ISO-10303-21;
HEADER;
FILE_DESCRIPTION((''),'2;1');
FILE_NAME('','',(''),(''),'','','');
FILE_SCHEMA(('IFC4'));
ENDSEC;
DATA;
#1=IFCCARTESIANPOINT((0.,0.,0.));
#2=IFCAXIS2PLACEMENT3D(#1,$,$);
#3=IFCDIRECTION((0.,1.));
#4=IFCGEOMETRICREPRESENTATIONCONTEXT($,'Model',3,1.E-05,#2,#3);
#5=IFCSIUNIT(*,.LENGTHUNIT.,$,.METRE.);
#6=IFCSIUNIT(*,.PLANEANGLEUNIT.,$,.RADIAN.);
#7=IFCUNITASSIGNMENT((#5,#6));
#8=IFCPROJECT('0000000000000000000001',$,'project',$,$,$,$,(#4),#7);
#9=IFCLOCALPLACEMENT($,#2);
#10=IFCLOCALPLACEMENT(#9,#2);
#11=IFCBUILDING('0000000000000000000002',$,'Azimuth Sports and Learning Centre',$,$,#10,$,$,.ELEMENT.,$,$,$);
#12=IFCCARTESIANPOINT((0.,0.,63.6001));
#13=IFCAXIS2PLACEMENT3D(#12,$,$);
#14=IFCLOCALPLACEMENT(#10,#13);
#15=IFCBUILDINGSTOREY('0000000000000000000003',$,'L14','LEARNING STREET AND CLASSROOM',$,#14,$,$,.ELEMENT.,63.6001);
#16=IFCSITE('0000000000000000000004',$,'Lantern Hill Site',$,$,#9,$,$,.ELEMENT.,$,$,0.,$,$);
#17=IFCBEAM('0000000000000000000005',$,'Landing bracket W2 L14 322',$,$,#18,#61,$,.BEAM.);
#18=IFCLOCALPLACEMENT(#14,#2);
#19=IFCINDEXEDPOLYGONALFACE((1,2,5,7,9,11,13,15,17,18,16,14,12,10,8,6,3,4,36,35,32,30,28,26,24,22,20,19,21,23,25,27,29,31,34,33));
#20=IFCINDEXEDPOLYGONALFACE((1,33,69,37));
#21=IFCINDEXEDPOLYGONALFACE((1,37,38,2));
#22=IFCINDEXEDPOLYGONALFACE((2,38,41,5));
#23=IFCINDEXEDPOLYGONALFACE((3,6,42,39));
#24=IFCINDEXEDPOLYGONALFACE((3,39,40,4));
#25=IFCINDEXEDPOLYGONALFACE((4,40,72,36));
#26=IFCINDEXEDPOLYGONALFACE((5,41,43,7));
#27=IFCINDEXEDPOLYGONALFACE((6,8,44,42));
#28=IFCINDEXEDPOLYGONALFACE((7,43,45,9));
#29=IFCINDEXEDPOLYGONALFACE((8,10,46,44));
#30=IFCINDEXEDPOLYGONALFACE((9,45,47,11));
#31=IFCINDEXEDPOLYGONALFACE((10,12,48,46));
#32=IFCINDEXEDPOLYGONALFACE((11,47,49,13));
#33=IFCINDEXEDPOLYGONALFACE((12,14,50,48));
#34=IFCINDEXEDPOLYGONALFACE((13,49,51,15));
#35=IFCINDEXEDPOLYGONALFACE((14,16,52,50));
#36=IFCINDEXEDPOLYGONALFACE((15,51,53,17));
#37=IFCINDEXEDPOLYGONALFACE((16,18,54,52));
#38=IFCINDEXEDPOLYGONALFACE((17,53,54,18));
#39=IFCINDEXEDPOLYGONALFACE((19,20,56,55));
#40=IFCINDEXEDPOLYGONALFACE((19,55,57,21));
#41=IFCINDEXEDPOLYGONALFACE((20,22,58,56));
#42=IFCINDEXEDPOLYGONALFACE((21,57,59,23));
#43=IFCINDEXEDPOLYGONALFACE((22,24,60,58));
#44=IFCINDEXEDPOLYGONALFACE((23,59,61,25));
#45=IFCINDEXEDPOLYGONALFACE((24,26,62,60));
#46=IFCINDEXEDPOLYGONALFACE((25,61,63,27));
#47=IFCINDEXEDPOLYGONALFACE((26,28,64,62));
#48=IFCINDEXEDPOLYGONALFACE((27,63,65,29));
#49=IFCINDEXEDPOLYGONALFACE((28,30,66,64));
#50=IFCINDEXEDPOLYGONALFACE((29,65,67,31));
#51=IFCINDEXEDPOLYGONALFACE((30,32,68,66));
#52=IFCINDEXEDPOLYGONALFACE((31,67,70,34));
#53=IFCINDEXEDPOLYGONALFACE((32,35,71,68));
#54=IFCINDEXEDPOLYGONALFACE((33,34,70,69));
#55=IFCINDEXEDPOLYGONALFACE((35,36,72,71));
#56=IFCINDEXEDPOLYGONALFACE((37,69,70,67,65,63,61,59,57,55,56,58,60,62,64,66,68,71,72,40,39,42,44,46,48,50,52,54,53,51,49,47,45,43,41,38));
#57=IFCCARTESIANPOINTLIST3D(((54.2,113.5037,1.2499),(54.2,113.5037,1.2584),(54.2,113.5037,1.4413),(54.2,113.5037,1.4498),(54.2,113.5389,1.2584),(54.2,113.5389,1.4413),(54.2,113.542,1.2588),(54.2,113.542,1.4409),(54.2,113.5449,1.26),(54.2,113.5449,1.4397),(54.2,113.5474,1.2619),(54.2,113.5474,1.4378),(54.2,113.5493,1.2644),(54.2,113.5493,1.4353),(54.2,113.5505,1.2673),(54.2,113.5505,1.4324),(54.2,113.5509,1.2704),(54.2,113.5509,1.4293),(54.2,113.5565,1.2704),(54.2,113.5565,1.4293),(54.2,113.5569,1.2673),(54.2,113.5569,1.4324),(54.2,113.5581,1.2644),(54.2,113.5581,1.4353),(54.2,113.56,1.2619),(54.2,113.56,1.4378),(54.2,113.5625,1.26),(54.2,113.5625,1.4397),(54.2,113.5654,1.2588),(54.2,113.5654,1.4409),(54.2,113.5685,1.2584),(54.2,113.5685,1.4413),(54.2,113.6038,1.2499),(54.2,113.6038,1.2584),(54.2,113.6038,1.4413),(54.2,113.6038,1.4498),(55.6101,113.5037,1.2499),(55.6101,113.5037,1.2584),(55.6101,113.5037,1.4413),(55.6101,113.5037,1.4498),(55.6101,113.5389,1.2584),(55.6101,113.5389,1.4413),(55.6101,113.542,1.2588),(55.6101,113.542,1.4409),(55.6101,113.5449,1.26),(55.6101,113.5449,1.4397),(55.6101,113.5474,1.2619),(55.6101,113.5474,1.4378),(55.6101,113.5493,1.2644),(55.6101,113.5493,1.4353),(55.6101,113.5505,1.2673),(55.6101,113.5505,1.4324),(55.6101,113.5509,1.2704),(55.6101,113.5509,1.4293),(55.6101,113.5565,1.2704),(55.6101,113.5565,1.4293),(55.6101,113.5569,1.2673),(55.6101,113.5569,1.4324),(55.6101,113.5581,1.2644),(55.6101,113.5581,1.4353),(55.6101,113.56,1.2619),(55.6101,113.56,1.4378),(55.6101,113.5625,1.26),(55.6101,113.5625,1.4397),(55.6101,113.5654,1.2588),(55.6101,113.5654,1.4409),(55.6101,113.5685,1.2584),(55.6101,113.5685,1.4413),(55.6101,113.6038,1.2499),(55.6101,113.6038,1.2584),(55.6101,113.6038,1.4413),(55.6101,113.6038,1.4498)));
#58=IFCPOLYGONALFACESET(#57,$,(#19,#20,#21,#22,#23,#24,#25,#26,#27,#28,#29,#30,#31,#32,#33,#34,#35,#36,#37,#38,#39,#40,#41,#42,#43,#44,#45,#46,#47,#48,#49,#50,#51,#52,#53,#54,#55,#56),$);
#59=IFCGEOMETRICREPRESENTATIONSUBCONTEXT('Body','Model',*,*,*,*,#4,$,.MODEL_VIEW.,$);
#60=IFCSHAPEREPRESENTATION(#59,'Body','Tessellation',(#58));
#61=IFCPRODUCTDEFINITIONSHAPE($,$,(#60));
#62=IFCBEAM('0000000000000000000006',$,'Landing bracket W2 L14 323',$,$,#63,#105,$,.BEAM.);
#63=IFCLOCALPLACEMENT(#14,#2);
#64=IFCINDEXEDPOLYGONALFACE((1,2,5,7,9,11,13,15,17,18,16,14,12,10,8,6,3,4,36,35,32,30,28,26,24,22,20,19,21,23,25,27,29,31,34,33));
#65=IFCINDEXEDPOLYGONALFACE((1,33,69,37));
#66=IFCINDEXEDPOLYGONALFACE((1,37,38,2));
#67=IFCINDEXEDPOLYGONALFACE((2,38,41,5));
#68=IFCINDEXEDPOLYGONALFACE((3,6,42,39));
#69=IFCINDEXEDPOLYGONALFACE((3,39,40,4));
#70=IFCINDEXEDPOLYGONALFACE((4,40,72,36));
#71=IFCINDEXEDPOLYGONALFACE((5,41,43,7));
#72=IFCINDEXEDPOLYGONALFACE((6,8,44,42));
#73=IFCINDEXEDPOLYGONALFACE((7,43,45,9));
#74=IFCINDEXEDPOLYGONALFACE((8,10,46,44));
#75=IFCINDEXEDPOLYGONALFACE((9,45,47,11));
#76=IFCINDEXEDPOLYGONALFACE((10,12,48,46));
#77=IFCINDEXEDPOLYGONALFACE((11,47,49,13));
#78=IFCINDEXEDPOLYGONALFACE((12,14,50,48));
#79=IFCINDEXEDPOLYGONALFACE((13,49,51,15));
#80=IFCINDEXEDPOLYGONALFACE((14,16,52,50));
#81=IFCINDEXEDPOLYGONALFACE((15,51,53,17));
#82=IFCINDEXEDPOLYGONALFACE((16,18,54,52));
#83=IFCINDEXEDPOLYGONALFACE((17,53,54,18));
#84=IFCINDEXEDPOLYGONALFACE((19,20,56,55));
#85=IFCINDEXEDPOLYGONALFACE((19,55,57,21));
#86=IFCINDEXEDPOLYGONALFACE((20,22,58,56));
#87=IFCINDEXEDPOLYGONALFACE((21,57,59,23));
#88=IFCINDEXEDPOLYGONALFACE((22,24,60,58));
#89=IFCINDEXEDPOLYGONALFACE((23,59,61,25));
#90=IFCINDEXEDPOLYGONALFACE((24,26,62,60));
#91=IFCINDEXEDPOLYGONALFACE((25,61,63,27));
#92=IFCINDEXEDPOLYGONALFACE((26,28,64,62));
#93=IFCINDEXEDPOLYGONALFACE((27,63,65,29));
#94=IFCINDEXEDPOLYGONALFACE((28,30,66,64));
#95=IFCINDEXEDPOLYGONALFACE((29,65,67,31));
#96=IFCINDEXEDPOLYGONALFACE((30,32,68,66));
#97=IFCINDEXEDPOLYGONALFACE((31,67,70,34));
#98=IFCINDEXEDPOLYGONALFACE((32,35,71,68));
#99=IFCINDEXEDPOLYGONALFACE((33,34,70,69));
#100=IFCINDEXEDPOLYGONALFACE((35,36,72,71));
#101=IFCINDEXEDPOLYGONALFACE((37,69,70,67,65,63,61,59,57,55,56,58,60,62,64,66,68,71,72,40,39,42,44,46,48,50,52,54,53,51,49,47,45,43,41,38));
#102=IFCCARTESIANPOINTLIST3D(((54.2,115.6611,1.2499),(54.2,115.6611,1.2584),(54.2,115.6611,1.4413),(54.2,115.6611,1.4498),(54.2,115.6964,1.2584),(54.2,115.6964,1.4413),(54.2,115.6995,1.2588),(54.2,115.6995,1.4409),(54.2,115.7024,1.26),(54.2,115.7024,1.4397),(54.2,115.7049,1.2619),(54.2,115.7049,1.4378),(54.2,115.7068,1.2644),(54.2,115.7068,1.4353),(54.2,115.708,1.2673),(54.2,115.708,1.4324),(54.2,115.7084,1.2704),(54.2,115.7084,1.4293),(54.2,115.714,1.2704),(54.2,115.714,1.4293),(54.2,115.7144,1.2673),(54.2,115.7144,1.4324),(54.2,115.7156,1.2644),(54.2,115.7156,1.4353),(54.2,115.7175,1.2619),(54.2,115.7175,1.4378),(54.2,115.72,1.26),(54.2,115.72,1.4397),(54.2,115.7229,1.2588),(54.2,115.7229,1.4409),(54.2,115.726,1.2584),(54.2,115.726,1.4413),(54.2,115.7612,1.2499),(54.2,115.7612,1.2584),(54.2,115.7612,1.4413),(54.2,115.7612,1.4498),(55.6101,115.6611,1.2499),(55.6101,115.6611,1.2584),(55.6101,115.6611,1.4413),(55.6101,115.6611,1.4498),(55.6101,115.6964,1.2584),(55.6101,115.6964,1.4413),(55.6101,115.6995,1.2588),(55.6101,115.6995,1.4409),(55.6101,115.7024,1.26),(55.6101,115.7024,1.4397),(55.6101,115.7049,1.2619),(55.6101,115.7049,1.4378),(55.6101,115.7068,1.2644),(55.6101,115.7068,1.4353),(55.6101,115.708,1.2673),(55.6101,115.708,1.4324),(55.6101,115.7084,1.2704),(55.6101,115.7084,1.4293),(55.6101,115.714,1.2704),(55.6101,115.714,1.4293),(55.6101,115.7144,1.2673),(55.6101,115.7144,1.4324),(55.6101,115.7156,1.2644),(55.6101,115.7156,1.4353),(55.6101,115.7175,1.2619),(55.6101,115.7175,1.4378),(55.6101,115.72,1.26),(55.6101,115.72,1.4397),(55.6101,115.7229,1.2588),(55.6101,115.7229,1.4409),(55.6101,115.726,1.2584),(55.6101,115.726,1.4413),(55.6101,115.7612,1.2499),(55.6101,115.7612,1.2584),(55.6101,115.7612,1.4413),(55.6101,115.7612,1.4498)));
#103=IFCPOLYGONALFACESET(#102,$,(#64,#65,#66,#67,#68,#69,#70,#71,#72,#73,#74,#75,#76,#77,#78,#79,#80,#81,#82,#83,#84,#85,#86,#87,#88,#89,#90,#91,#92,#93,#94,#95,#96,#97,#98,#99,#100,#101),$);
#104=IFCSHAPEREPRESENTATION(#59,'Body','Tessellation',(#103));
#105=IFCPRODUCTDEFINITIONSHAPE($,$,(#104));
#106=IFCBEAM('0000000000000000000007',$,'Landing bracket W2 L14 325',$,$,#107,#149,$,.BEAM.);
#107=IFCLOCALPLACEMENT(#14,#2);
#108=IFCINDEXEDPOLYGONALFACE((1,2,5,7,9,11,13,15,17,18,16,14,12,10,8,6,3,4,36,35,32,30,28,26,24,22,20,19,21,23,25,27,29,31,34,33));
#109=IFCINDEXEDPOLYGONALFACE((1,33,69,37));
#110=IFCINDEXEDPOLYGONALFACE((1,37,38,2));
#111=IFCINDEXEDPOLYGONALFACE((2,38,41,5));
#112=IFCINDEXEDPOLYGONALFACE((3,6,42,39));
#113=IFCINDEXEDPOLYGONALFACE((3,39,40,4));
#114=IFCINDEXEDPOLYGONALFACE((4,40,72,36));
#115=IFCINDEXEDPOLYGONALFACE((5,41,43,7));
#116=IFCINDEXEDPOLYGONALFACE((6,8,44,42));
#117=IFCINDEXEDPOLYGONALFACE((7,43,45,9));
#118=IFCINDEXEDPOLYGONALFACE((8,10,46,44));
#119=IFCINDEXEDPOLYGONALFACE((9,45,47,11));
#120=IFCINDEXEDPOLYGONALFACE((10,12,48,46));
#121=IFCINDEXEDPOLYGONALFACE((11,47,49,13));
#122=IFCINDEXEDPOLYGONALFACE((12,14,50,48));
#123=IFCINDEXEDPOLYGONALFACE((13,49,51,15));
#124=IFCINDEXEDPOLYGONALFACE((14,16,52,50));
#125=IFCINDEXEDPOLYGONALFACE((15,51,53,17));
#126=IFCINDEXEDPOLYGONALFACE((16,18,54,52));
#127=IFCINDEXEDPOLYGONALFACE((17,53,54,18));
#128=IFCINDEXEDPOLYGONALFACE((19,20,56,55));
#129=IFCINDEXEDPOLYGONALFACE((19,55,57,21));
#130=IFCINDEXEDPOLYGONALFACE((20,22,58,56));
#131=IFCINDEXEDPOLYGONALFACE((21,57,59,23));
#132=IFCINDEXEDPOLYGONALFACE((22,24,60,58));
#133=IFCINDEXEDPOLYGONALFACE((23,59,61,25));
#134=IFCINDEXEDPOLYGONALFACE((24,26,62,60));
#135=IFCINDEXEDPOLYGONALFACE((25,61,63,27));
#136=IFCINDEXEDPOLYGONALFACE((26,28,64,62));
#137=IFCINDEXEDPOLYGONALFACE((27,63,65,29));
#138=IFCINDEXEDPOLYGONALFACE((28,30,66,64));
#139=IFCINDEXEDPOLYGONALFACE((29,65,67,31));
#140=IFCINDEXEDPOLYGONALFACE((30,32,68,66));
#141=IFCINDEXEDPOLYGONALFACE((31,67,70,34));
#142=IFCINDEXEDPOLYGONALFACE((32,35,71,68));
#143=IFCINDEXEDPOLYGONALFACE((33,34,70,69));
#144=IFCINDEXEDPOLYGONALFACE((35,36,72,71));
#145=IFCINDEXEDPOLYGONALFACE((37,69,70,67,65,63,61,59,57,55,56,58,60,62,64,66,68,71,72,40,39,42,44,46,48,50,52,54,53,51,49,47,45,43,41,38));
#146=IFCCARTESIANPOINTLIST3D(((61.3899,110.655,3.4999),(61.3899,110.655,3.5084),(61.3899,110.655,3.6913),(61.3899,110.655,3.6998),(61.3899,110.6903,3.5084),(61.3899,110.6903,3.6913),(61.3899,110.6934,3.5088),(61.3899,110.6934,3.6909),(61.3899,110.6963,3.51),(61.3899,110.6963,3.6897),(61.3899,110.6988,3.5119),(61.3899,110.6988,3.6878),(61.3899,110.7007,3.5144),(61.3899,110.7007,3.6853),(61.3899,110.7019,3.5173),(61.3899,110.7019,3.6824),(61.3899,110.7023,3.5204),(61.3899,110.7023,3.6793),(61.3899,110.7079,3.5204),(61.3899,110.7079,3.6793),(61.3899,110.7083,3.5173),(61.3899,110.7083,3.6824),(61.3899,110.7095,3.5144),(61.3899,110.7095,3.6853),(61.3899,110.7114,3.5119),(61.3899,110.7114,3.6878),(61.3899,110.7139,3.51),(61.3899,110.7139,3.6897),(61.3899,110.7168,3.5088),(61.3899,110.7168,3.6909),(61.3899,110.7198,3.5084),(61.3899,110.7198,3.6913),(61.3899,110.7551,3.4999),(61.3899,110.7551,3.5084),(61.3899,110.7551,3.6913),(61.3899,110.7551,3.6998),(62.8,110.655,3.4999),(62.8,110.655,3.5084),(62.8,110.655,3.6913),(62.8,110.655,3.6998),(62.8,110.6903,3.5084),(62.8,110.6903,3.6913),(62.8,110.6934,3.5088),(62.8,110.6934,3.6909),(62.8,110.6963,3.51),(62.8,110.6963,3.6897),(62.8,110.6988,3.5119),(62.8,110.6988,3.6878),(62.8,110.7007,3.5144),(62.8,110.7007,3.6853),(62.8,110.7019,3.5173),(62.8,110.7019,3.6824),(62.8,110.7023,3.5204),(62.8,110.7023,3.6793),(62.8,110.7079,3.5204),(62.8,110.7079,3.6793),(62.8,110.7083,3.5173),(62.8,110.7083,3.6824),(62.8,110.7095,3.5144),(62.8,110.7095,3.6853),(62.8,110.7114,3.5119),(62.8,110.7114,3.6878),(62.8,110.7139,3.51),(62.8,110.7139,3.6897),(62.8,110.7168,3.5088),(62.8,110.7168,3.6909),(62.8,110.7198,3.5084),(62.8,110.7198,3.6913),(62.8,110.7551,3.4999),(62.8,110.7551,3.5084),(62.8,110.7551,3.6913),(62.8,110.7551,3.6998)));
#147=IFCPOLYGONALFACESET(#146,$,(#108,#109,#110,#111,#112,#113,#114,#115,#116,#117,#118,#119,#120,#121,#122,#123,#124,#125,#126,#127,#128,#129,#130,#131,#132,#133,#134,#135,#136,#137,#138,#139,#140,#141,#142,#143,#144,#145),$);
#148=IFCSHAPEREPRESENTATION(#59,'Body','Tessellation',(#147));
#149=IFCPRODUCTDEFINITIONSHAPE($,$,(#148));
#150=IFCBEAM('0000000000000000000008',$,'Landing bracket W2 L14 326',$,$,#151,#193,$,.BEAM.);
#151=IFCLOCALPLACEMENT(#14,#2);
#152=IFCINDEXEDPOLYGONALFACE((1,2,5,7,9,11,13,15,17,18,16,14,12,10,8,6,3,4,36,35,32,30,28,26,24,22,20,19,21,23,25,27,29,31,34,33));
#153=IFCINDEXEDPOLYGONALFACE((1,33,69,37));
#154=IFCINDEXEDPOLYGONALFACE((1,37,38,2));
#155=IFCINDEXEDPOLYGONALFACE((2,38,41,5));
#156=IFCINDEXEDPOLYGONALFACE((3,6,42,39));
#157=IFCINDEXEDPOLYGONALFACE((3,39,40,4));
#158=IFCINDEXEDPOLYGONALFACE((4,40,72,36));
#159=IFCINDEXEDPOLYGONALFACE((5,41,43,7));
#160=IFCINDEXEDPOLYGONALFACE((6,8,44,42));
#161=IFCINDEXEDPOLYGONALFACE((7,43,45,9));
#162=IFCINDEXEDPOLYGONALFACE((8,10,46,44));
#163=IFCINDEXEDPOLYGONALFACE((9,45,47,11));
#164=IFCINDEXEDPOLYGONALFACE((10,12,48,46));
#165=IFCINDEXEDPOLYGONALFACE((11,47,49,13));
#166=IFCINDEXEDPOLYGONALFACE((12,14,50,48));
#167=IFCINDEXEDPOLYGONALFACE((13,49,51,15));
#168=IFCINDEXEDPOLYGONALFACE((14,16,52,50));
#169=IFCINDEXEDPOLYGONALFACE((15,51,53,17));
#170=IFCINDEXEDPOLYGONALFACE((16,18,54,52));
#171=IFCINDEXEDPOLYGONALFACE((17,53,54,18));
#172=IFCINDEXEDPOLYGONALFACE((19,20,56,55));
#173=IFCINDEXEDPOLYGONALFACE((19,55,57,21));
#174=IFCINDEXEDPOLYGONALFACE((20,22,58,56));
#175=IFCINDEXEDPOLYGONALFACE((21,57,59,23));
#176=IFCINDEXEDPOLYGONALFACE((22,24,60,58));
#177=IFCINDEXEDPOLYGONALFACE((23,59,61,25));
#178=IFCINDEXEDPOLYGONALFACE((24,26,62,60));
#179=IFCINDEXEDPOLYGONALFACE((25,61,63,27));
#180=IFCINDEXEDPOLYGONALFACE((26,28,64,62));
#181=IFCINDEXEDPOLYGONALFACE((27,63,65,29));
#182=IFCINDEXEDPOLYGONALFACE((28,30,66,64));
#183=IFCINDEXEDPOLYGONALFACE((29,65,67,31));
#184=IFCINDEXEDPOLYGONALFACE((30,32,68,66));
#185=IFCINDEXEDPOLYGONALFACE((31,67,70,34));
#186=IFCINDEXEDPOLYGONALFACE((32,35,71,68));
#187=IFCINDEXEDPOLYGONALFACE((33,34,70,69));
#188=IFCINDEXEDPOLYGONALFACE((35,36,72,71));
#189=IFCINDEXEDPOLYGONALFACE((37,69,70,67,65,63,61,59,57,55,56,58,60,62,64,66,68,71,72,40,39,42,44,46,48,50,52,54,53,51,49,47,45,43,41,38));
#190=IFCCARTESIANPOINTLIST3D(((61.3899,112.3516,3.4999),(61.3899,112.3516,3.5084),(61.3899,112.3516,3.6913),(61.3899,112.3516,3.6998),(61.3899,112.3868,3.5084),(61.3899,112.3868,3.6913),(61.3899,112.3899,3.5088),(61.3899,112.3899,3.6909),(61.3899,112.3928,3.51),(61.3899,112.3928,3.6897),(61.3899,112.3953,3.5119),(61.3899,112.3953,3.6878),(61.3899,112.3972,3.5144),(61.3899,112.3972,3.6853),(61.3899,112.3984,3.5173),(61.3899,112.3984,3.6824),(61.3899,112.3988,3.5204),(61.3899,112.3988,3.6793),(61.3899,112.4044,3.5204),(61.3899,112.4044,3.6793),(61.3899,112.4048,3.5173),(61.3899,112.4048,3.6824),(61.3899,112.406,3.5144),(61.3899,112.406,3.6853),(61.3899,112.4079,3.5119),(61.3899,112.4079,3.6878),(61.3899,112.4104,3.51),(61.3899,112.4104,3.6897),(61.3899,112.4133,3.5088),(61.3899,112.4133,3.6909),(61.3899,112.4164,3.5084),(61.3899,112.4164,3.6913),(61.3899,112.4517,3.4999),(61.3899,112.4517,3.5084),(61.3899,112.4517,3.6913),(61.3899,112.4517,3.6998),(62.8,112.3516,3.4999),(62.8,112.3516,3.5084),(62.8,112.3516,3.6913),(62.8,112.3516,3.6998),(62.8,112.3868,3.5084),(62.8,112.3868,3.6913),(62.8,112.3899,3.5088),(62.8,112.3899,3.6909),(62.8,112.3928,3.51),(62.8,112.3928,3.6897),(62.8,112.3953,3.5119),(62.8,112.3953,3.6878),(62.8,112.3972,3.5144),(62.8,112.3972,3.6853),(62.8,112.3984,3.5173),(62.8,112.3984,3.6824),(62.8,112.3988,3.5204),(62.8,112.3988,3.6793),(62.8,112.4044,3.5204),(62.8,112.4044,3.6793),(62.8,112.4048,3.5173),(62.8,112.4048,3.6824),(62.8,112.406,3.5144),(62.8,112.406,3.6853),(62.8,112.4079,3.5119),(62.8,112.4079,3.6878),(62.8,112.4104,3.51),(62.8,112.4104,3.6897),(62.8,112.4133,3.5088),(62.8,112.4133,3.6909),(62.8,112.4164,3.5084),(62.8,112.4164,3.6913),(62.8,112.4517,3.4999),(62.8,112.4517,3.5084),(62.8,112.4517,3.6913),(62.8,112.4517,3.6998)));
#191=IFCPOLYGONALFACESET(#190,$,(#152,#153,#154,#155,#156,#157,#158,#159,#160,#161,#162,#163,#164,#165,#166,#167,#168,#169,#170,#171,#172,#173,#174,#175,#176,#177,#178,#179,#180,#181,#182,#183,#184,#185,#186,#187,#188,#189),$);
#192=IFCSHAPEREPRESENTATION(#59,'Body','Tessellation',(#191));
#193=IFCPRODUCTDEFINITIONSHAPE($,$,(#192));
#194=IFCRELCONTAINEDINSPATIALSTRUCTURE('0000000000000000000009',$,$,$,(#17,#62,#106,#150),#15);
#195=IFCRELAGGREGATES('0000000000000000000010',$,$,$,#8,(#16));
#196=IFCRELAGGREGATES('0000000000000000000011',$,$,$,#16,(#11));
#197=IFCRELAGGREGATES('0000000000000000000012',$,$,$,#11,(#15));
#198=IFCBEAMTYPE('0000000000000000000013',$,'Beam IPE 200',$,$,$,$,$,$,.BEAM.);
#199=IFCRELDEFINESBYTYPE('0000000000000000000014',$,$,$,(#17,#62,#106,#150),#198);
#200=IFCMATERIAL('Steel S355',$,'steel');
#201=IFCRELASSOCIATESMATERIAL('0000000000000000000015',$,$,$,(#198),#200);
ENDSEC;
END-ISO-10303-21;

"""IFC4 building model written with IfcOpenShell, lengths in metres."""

from ifc_helpers import new_model, si_unit, direction, frame, origin, origin_2d, place, context, subcontext, project, spatial, i_section, extrude, material, material_profile, profile_set, type_object, element, save


model = new_model("IFC4")

# Units and contexts
model_context = context("Model", 3, precision=1e-05, world=origin(), true_north=direction((0.0, 1.0)))
body_context = subcontext(model_context, "Body", "Model", "MODEL_VIEW")
ifc_project = project(units=[si_unit("LENGTHUNIT", "METRE"), si_unit("PLANEANGLEUNIT", "RADIAN")], contexts=[model_context])

# Site, building, storey
site_placement = place(None, origin())
site = spatial("IfcSite", under=ifc_project, at=site_placement, Name="Lantern Hill Site", CompositionType="ELEMENT", RefElevation=0.0)
building_placement = place(site_placement, origin())
building = spatial("IfcBuilding", under=site, at=building_placement, Name="Azimuth Sports and Learning Centre", CompositionType="ELEMENT")
storey_placement = place(building_placement, frame((0.0, 0.0, 63.6001)))
storey = spatial("IfcBuildingStorey", under=building, at=storey_placement, Name="L14", Description="LEARNING STREET AND CLASSROOM", CompositionType="ELEMENT", Elevation=63.6001)

# Beams
ifc_material_1 = material(Name="Steel S355", Category="steel")
ifc_material_profile_1 = material_profile(ifc_material_1, i_section(OverallWidth=0.1001, OverallDepth=0.2, WebThickness=0.0056, FlangeThickness=0.0085, FilletRadius=0.012, at=origin_2d()), Name="IPE 200")
ifc_profile_set_1 = profile_set([ifc_material_profile_1], Name="Steel S355")
beam_type_1 = type_object("IfcBeamType", Name="Beam IPE 200", PredefinedType="BEAM", material=ifc_profile_set_1)
for number, where, z_axis, x_axis, name in (
    (1, (54.2, 113.5537, 1.3499), (1.0, 0.0, 0.0), (0.0, 1.0, 0.0), "Landing bracket W2 L14 322"),
    (2, (54.2, 115.7112, 1.3499), (1.0, 0.0, 0.0), (0.0, 1.0, 0.0), "Landing bracket W2 L14 323"),
    (3, (62.8, 110.7051, 3.5999), (-1.0, 0.0, 0.0), (0.0, -1.0, 0.0), "Landing bracket W2 L14 325"),
    (4, (62.8, 112.4016, 3.5999), (-1.0, 0.0, 0.0), (0.0, -1.0, 0.0), "Landing bracket W2 L14 326"),
):
    element("IfcBeam", number, at=place(storey_placement, frame(where, z_axis=z_axis, x_axis=x_axis)), inside=storey, type_object=beam_type_1, Name=name, PredefinedType="BEAM", context=body_context, shape_type="SweptSolid", body=[
        extrude(i_section(OverallWidth=0.1001, OverallDepth=0.2, WebThickness=0.0056, FlangeThickness=0.0085, FilletRadius=0.012, at=origin_2d()), origin(), (0.0, 0.0, 1.0), 1.4102),
    ])

save(model, "model.ifc")
